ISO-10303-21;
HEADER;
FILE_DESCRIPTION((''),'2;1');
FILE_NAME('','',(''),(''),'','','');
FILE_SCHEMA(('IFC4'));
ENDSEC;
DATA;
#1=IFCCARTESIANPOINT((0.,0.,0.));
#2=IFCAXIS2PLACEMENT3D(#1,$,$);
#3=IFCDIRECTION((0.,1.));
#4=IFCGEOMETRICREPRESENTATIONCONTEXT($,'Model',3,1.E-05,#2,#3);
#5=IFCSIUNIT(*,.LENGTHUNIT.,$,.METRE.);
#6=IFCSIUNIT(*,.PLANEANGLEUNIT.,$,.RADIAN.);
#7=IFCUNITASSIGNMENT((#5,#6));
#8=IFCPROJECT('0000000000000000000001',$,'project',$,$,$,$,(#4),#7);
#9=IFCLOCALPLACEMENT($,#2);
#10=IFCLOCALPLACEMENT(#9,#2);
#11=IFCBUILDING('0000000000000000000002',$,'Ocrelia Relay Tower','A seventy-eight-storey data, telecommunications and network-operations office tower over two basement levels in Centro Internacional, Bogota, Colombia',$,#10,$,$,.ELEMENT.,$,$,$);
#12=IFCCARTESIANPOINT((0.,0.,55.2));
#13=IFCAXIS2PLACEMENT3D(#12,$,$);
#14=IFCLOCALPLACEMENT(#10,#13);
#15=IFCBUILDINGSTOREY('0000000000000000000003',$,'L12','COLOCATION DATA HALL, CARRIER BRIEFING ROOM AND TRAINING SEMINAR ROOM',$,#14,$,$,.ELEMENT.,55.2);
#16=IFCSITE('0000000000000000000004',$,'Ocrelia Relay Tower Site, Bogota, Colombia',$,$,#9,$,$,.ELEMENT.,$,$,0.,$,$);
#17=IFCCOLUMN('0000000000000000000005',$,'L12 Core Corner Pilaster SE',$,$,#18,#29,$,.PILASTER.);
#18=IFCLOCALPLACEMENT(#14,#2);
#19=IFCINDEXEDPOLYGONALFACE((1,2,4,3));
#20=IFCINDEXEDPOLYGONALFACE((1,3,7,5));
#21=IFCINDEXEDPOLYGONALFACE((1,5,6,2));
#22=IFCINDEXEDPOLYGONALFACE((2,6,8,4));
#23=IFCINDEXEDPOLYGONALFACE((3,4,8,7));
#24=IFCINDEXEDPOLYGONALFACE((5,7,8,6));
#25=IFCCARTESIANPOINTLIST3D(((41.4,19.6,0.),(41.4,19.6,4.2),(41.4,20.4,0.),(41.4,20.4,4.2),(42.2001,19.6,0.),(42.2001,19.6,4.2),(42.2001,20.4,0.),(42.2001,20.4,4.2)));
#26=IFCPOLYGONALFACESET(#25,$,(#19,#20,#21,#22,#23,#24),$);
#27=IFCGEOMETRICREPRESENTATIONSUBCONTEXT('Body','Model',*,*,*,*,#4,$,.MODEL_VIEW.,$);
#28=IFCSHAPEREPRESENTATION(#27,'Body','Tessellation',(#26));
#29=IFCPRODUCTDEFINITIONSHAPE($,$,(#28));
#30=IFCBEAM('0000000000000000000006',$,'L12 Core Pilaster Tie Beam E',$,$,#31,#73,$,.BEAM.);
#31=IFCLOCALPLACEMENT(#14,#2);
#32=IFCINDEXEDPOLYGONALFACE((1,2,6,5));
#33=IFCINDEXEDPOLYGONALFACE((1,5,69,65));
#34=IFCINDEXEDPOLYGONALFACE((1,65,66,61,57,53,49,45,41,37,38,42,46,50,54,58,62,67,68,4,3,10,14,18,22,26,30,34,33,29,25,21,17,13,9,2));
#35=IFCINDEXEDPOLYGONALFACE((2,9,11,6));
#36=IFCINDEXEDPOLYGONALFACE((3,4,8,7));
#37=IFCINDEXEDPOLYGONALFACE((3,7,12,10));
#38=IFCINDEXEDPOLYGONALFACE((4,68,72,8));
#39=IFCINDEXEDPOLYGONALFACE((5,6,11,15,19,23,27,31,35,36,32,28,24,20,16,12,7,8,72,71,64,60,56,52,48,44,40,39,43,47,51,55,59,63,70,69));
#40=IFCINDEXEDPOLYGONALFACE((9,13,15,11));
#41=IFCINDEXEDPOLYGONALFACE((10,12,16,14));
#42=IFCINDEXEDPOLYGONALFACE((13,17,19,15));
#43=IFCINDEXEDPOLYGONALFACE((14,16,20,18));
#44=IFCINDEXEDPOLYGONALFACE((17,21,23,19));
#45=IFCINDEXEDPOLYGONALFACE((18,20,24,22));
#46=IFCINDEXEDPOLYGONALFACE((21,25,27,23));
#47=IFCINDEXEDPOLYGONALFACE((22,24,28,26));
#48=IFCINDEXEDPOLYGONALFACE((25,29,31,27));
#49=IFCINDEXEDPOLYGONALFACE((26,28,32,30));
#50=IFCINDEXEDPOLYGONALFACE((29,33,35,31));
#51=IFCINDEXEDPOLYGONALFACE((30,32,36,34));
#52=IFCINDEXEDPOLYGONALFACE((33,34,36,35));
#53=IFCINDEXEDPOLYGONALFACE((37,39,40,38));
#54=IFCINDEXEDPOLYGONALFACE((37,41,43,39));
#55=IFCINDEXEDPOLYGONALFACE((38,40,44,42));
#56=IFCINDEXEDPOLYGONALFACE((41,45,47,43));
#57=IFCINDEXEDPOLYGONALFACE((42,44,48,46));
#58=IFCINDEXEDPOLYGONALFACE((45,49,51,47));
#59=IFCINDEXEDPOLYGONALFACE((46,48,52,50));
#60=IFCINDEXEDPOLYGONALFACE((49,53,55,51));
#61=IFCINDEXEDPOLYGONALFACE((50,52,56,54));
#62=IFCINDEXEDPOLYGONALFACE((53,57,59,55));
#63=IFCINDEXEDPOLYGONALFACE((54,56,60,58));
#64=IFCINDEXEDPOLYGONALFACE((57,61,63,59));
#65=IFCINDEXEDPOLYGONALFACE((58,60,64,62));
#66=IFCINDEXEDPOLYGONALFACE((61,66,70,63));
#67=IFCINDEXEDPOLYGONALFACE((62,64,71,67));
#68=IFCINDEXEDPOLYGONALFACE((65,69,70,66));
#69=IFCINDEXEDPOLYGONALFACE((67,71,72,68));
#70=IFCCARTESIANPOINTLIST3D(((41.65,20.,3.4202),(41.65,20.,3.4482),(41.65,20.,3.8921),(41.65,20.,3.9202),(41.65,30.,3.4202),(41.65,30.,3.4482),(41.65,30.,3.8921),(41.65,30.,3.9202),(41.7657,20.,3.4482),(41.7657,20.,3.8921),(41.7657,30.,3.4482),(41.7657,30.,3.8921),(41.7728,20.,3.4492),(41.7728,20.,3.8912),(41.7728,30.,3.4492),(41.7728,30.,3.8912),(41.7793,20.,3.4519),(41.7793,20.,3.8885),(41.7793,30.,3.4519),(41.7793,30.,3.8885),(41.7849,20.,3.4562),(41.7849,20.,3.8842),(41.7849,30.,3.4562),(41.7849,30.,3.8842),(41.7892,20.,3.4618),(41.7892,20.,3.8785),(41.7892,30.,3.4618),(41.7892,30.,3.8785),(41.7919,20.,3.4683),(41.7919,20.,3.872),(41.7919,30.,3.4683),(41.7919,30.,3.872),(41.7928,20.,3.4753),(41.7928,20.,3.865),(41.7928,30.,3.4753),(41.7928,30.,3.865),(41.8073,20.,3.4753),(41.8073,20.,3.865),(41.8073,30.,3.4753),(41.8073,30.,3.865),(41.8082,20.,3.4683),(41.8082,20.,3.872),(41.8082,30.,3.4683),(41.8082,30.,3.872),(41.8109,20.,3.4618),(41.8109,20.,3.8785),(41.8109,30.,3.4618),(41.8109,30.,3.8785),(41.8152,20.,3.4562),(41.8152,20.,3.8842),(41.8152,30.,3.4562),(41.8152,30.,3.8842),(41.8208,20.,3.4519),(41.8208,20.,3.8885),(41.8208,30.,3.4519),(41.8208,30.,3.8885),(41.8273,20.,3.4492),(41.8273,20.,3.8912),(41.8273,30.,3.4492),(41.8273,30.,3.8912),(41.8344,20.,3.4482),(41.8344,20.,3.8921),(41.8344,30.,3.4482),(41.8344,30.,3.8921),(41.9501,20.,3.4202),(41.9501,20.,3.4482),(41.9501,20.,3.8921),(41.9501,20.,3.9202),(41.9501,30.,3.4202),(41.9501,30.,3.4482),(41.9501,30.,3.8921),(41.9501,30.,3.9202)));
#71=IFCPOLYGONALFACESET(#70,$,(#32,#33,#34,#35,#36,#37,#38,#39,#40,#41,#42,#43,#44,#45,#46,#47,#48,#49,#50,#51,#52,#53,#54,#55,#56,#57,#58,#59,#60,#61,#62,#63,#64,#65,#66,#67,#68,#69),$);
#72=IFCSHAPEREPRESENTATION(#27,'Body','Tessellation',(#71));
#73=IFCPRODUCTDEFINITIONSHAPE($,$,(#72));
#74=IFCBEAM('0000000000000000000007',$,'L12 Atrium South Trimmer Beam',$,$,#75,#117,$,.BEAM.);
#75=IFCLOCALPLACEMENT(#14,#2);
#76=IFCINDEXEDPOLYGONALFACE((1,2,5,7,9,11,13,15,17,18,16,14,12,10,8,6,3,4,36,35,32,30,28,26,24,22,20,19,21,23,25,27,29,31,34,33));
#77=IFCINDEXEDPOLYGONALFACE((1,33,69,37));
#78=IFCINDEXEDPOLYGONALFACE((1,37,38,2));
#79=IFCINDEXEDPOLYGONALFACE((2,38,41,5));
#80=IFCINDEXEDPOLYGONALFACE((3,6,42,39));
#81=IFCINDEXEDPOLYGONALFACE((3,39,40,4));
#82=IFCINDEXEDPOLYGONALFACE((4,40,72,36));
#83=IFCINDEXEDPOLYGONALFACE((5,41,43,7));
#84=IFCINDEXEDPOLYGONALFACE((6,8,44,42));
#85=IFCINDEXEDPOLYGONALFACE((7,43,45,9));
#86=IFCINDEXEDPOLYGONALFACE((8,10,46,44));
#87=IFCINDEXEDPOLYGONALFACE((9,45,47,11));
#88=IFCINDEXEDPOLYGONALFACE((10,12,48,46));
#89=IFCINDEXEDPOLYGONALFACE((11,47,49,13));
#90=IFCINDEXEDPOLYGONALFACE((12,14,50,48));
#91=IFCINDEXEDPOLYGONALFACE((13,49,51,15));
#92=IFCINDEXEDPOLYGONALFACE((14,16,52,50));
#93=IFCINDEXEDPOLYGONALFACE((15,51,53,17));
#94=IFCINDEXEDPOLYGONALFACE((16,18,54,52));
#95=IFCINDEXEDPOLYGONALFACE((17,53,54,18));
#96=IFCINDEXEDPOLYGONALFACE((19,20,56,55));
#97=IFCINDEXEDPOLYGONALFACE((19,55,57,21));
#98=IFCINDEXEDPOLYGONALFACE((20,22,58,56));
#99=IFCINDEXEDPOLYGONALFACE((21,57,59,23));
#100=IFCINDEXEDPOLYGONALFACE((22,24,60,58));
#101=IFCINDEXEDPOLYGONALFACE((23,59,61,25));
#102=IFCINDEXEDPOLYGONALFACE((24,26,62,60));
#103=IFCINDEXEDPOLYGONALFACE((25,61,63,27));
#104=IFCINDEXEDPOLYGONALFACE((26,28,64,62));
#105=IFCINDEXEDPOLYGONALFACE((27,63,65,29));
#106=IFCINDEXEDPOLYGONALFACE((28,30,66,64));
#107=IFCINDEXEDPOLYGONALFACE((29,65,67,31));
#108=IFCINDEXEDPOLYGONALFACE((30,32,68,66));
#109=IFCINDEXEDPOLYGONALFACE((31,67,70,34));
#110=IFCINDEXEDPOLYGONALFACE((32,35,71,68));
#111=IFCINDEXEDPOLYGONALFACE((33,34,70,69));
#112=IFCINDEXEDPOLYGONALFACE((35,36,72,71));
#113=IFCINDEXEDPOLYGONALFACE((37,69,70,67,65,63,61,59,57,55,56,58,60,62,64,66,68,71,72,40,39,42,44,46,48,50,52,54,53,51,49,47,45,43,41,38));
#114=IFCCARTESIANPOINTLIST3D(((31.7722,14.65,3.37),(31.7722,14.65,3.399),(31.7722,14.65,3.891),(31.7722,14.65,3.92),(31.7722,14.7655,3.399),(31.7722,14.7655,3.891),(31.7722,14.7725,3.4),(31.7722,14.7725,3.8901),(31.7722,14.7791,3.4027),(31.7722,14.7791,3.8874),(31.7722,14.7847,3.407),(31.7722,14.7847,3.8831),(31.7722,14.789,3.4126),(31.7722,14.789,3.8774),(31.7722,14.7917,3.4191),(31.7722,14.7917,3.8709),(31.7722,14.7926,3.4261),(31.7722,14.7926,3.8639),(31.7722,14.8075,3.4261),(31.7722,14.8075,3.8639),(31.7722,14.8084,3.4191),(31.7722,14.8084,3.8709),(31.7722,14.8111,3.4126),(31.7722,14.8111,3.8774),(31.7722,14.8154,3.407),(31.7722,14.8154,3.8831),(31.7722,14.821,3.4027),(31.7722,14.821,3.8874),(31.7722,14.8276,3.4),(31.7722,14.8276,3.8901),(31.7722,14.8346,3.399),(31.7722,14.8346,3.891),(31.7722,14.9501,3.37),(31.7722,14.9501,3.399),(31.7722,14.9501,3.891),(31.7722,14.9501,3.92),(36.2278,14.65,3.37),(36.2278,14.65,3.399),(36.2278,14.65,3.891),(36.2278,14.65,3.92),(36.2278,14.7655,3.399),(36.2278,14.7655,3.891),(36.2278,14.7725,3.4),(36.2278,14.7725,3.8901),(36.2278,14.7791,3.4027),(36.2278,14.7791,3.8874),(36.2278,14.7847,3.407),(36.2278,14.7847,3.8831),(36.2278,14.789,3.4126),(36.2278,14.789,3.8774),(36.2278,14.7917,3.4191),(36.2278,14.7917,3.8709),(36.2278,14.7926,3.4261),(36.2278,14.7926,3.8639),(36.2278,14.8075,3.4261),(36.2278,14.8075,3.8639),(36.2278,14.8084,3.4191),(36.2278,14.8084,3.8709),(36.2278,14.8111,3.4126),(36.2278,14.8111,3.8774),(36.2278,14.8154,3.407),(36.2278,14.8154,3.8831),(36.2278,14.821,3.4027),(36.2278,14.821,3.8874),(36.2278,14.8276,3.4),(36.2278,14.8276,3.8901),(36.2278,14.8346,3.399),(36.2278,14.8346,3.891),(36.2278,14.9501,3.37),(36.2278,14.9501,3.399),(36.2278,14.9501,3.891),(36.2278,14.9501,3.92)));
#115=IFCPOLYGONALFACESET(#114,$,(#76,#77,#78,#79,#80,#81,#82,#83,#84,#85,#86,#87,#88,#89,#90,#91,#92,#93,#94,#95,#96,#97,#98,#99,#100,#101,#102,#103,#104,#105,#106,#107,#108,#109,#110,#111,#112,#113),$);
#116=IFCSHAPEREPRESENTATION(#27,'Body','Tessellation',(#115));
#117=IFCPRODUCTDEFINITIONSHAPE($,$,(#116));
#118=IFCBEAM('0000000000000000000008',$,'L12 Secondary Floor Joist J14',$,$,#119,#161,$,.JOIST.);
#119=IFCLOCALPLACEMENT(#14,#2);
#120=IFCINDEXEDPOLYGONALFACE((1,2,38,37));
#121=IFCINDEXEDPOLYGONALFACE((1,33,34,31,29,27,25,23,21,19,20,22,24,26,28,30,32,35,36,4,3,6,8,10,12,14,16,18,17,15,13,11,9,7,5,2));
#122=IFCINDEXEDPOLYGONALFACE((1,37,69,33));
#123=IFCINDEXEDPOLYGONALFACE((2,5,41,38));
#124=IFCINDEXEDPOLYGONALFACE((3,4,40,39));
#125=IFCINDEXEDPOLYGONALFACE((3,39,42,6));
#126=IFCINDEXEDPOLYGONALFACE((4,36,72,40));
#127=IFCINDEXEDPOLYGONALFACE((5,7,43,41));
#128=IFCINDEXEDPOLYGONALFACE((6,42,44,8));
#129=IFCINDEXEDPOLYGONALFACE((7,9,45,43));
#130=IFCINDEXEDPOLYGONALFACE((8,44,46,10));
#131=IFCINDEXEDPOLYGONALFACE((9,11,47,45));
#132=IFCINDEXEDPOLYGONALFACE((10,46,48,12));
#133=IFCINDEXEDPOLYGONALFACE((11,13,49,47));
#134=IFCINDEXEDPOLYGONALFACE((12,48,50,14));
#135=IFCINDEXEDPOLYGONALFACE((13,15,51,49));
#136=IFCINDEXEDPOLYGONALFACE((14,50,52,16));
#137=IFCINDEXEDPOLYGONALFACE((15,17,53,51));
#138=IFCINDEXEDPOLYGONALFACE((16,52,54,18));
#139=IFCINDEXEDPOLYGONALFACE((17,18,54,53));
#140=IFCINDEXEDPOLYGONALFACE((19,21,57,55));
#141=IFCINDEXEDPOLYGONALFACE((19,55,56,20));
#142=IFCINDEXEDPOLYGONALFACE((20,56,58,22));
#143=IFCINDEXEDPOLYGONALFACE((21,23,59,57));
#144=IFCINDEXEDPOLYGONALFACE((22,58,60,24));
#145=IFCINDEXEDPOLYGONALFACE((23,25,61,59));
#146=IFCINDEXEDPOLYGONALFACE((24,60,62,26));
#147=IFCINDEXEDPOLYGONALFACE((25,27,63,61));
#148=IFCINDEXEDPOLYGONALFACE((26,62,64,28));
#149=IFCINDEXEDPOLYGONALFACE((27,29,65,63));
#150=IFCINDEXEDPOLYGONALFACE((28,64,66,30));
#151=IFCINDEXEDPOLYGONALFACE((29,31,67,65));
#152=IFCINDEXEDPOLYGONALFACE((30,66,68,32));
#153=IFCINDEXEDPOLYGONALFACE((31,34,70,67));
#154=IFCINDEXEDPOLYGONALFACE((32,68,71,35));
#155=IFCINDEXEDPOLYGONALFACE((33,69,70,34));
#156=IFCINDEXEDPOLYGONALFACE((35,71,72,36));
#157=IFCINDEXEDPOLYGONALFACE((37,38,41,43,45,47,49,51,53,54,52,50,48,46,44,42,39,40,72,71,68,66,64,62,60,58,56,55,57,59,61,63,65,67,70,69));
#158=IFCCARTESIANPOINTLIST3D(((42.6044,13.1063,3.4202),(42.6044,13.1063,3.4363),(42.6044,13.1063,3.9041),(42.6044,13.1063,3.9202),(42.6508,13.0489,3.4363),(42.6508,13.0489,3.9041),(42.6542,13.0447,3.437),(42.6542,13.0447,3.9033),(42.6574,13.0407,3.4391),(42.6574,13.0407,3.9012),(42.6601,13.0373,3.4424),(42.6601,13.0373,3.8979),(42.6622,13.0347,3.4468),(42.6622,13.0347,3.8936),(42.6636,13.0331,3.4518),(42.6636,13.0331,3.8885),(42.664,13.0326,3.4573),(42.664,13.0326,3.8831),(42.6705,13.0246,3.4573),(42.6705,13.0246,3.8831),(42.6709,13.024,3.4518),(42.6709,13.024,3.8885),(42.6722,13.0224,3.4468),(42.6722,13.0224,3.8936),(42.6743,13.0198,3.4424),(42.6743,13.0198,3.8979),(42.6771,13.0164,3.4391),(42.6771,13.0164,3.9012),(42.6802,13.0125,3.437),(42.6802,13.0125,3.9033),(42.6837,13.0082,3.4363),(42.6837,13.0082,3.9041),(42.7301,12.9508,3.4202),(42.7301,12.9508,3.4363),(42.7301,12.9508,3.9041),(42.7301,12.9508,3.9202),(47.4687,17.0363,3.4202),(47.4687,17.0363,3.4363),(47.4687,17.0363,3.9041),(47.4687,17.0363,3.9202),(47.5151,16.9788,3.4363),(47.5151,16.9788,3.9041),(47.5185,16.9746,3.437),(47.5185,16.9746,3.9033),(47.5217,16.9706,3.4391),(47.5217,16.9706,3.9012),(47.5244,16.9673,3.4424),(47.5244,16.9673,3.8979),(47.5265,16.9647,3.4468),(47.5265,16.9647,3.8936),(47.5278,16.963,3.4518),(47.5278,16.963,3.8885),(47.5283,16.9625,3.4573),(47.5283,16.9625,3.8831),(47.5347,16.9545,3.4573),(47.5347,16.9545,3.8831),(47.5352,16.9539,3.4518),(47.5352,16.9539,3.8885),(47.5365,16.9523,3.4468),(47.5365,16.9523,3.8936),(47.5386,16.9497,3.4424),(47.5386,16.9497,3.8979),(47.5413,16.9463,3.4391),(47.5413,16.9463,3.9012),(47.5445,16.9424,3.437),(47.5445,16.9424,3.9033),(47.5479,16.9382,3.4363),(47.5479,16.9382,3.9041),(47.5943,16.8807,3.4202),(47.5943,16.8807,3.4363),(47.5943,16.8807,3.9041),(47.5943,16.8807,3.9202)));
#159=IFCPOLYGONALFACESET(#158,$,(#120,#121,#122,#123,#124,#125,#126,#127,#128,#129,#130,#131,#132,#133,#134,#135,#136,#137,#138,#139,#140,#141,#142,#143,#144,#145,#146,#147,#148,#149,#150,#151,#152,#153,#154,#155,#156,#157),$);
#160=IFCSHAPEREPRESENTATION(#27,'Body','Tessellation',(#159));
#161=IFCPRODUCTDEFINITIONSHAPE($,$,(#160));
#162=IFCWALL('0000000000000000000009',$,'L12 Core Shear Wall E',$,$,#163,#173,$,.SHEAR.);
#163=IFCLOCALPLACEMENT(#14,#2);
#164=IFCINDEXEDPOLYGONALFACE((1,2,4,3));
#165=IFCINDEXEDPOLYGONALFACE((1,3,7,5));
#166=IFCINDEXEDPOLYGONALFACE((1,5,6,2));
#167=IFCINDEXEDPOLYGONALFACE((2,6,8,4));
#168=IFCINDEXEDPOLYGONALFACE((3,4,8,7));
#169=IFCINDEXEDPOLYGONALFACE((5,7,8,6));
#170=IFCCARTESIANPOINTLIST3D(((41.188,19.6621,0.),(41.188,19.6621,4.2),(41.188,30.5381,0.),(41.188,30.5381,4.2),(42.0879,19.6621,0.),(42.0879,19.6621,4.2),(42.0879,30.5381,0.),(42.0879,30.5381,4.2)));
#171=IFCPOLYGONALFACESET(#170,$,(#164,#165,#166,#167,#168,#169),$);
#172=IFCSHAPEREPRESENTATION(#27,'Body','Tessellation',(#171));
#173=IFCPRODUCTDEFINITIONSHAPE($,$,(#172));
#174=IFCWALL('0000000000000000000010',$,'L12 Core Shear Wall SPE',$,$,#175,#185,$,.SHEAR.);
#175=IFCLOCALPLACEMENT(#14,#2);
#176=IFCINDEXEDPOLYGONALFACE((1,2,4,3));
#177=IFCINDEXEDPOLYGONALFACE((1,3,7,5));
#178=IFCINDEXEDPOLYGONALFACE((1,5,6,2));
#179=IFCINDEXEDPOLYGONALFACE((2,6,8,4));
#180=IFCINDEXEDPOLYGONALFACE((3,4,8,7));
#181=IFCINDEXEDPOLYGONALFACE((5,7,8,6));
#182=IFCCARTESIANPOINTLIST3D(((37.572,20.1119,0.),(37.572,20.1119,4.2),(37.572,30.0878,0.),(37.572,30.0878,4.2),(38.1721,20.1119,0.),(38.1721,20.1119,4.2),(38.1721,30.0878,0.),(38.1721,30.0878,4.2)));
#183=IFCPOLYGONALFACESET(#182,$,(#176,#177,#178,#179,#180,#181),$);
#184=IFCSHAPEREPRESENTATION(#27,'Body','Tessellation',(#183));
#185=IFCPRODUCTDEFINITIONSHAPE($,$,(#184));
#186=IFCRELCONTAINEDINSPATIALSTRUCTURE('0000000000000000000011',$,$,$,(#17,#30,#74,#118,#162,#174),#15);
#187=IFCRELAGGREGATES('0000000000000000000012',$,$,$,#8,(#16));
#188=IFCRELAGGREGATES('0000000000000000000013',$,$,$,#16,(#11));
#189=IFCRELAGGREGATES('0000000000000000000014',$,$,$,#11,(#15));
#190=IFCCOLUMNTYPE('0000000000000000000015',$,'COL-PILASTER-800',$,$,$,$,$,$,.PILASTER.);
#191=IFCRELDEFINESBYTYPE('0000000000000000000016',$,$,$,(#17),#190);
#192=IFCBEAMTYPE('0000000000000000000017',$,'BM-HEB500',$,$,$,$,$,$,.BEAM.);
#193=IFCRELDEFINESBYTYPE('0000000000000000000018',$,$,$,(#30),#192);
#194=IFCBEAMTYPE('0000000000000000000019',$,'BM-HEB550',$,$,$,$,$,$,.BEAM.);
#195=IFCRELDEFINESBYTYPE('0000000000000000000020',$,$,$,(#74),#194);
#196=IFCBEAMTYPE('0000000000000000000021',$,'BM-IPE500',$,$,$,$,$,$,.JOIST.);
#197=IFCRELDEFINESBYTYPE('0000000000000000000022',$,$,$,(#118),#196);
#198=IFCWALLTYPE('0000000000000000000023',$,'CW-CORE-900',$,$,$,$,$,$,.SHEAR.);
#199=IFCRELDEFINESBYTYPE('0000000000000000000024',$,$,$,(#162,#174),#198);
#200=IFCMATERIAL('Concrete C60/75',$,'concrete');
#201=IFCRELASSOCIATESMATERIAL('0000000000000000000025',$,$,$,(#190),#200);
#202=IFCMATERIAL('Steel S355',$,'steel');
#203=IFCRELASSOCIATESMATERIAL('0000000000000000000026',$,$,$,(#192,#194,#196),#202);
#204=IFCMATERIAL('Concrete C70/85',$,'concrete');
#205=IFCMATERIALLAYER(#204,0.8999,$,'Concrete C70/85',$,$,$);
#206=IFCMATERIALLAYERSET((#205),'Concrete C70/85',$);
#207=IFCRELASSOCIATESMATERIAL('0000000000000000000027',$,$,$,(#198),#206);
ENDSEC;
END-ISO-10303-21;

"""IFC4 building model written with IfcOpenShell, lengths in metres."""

from ifc_helpers import new_model, si_unit, direction, frame, frame_2d, origin, origin_2d, place, context, subcontext, project, spatial, rectangle, i_section, extrude, material, layer, layer_set, material_profile, profile_set, type_object, element, save


model = new_model("IFC4")

# Units and contexts
model_context = context("Model", 3, precision=1e-05, world=origin(), true_north=direction((0.0, 1.0)))
body_context = subcontext(model_context, "Body", "Model", "MODEL_VIEW")
ifc_project = project(units=[si_unit("LENGTHUNIT", "METRE"), si_unit("PLANEANGLEUNIT", "RADIAN")], contexts=[model_context])

# Site, building, storey
site_placement = place(None, origin())
site = spatial("IfcSite", under=ifc_project, at=site_placement, Name="Ocrelia Relay Tower Site, Bogota, Colombia", CompositionType="ELEMENT", RefElevation=0.0)
building_placement = place(site_placement, origin())
building = spatial("IfcBuilding", under=site, at=building_placement, Name="Ocrelia Relay Tower", Description="A seventy-eight-storey data, telecommunications and network-operations office tower over two basement levels in Centro Internacional, Bogota, Colombia", CompositionType="ELEMENT")
storey_placement = place(building_placement, frame((0.0, 0.0, 55.2)))
storey = spatial("IfcBuildingStorey", under=building, at=storey_placement, Name="L12", Description="COLOCATION DATA HALL, CARRIER BRIEFING ROOM AND TRAINING SEMINAR ROOM", CompositionType="ELEMENT", Elevation=55.2)

# Column
ifc_material_1 = material(Name="Concrete C60/75", Category="concrete")
ifc_material_profile_1 = material_profile(ifc_material_1, rectangle(XDim=0.8, YDim=0.8, at=origin_2d()), Name="RC-COL-800x800")
ifc_profile_set_1 = profile_set([ifc_material_profile_1], Name="Concrete C60/75")
column_type = type_object("IfcColumnType", Name="COL-PILASTER-800", PredefinedType="PILASTER", material=ifc_profile_set_1)
column_placement = place(storey_placement, frame((41.8, 20.0, 0.0), z_axis=(0.0, 0.0, 1.0), x_axis=(1.0, 0.0, 0.0)))
element("IfcColumn", 1, at=column_placement, inside=storey, type_object=column_type, Name="L12 Core Corner Pilaster SE", PredefinedType="PILASTER", context=body_context, shape_type="SweptSolid", body=[
    extrude(rectangle(XDim=0.8, YDim=0.8, at=origin_2d()), origin(), (0.0, 0.0, 1.0), 4.2),
])

# Beams
ifc_material_2 = material(Name="Steel S355", Category="steel")
ifc_material_profile_2 = material_profile(ifc_material_2, i_section(OverallWidth=0.3, OverallDepth=0.5, WebThickness=0.0144, FlangeThickness=0.0281, FilletRadius=0.0271, at=origin_2d()), Name="HEB 500")
ifc_profile_set_2 = profile_set([ifc_material_profile_2], Name="Steel S355")
beam_type_1 = type_object("IfcBeamType", Name="BM-HEB500", PredefinedType="BEAM", material=ifc_profile_set_2)
beam_1_placement = place(storey_placement, frame((41.8, 20.0, 3.6702), z_axis=(0.0, 1.0, 0.0), x_axis=(-1.0, 0.0, 0.0)))
element("IfcBeam", 2, at=beam_1_placement, inside=storey, type_object=beam_type_1, Name="L12 Core Pilaster Tie Beam E", PredefinedType="BEAM", context=body_context, shape_type="SweptSolid", body=[
    extrude(i_section(OverallWidth=0.3, OverallDepth=0.5, WebThickness=0.0144, FlangeThickness=0.0281, FilletRadius=0.0271, at=origin_2d()), origin(), (0.0, 0.0, 1.0), 10.0),
])
ifc_material_profile_3 = material_profile(ifc_material_2, i_section(OverallWidth=0.3, OverallDepth=0.55, WebThickness=0.0149, FlangeThickness=0.0291, FilletRadius=0.0271, at=origin_2d()), Name="HEB 550")
ifc_profile_set_3 = profile_set([ifc_material_profile_3], Name="Steel S355")
beam_type_2 = type_object("IfcBeamType", Name="BM-HEB550", PredefinedType="BEAM", material=ifc_profile_set_3)
beam_2_placement = place(storey_placement, frame((31.7722, 14.8, 3.645), z_axis=(1.0, 0.0, 0.0), x_axis=(0.0, 1.0, 0.0)))
element("IfcBeam", 3, at=beam_2_placement, inside=storey, type_object=beam_type_2, Name="L12 Atrium South Trimmer Beam", PredefinedType="BEAM", context=body_context, shape_type="SweptSolid", body=[
    extrude(i_section(OverallWidth=0.3, OverallDepth=0.55, WebThickness=0.0149, FlangeThickness=0.0291, FilletRadius=0.0271, at=origin_2d()), origin(), (0.0, 0.0, 1.0), 4.4556),
])
ifc_material_profile_4 = material_profile(ifc_material_2, i_section(OverallWidth=0.2, OverallDepth=0.5, WebThickness=0.0103, FlangeThickness=0.0161, FilletRadius=0.021, at=origin_2d()), Name="IPE 500")
ifc_profile_set_4 = profile_set([ifc_material_profile_4], Name="Steel S355")
beam_type_3 = type_object("IfcBeamType", Name="BM-IPE500", PredefinedType="JOIST", material=ifc_profile_set_4)
beam_3_placement = place(storey_placement, frame((42.6672, 13.0286, 3.6702), z_axis=(0.777855, 0.628444, 0.0), x_axis=(-0.628444, 0.777855, 0.0)))
element("IfcBeam", 4, at=beam_3_placement, inside=storey, type_object=beam_type_3, Name="L12 Secondary Floor Joist J14", PredefinedType="JOIST", context=body_context, shape_type="SweptSolid", body=[
    extrude(i_section(OverallWidth=0.2, OverallDepth=0.5, WebThickness=0.0103, FlangeThickness=0.0161, FilletRadius=0.021, at=origin_2d()), origin(), (0.0, 0.0, 1.0), 6.2534),
])

# Walls
ifc_material_3 = material(Name="Concrete C70/85", Category="concrete")
ifc_layer_1 = layer(ifc_material_3, 0.8999, Name="Concrete C70/85")
ifc_layer_set_1 = layer_set([ifc_layer_1], Name="Concrete C70/85")
wall_type_1 = type_object("IfcWallType", Name="CW-CORE-900", PredefinedType="SHEAR", material=ifc_layer_set_1)
wall_1_placement = place(storey_placement, frame((41.6379, 19.6621, 0.0), z_axis=(0.0, 0.0, 1.0), x_axis=(0.0, 1.0, 0.0)))
element("IfcWall", 5, at=wall_1_placement, inside=storey, type_object=wall_type_1, Name="L12 Core Shear Wall E", PredefinedType="SHEAR", context=body_context, shape_type="SweptSolid", body=[
    extrude(rectangle(XDim=10.876, YDim=0.8999, at=frame_2d((5.438, 0.0))), origin(), (0.0, 0.0, 1.0), 4.2),
])
wall_2_placement = place(storey_placement, frame((37.8721, 20.1121, 0.0), z_axis=(0.0, 0.0, 1.0), x_axis=(0.0, 1.0, 0.0)))
element("IfcWall", 6, at=wall_2_placement, inside=storey, type_object=wall_type_1, Name="L12 Core Shear Wall SPE", PredefinedType="SHEAR", context=body_context, shape_type="SweptSolid", body=[
    extrude(rectangle(XDim=9.9758, YDim=0.6001, at=frame_2d((4.9878, 0.0))), origin(), (0.0, 0.0, 1.0), 4.2),
])

save(model, "model.ifc")
